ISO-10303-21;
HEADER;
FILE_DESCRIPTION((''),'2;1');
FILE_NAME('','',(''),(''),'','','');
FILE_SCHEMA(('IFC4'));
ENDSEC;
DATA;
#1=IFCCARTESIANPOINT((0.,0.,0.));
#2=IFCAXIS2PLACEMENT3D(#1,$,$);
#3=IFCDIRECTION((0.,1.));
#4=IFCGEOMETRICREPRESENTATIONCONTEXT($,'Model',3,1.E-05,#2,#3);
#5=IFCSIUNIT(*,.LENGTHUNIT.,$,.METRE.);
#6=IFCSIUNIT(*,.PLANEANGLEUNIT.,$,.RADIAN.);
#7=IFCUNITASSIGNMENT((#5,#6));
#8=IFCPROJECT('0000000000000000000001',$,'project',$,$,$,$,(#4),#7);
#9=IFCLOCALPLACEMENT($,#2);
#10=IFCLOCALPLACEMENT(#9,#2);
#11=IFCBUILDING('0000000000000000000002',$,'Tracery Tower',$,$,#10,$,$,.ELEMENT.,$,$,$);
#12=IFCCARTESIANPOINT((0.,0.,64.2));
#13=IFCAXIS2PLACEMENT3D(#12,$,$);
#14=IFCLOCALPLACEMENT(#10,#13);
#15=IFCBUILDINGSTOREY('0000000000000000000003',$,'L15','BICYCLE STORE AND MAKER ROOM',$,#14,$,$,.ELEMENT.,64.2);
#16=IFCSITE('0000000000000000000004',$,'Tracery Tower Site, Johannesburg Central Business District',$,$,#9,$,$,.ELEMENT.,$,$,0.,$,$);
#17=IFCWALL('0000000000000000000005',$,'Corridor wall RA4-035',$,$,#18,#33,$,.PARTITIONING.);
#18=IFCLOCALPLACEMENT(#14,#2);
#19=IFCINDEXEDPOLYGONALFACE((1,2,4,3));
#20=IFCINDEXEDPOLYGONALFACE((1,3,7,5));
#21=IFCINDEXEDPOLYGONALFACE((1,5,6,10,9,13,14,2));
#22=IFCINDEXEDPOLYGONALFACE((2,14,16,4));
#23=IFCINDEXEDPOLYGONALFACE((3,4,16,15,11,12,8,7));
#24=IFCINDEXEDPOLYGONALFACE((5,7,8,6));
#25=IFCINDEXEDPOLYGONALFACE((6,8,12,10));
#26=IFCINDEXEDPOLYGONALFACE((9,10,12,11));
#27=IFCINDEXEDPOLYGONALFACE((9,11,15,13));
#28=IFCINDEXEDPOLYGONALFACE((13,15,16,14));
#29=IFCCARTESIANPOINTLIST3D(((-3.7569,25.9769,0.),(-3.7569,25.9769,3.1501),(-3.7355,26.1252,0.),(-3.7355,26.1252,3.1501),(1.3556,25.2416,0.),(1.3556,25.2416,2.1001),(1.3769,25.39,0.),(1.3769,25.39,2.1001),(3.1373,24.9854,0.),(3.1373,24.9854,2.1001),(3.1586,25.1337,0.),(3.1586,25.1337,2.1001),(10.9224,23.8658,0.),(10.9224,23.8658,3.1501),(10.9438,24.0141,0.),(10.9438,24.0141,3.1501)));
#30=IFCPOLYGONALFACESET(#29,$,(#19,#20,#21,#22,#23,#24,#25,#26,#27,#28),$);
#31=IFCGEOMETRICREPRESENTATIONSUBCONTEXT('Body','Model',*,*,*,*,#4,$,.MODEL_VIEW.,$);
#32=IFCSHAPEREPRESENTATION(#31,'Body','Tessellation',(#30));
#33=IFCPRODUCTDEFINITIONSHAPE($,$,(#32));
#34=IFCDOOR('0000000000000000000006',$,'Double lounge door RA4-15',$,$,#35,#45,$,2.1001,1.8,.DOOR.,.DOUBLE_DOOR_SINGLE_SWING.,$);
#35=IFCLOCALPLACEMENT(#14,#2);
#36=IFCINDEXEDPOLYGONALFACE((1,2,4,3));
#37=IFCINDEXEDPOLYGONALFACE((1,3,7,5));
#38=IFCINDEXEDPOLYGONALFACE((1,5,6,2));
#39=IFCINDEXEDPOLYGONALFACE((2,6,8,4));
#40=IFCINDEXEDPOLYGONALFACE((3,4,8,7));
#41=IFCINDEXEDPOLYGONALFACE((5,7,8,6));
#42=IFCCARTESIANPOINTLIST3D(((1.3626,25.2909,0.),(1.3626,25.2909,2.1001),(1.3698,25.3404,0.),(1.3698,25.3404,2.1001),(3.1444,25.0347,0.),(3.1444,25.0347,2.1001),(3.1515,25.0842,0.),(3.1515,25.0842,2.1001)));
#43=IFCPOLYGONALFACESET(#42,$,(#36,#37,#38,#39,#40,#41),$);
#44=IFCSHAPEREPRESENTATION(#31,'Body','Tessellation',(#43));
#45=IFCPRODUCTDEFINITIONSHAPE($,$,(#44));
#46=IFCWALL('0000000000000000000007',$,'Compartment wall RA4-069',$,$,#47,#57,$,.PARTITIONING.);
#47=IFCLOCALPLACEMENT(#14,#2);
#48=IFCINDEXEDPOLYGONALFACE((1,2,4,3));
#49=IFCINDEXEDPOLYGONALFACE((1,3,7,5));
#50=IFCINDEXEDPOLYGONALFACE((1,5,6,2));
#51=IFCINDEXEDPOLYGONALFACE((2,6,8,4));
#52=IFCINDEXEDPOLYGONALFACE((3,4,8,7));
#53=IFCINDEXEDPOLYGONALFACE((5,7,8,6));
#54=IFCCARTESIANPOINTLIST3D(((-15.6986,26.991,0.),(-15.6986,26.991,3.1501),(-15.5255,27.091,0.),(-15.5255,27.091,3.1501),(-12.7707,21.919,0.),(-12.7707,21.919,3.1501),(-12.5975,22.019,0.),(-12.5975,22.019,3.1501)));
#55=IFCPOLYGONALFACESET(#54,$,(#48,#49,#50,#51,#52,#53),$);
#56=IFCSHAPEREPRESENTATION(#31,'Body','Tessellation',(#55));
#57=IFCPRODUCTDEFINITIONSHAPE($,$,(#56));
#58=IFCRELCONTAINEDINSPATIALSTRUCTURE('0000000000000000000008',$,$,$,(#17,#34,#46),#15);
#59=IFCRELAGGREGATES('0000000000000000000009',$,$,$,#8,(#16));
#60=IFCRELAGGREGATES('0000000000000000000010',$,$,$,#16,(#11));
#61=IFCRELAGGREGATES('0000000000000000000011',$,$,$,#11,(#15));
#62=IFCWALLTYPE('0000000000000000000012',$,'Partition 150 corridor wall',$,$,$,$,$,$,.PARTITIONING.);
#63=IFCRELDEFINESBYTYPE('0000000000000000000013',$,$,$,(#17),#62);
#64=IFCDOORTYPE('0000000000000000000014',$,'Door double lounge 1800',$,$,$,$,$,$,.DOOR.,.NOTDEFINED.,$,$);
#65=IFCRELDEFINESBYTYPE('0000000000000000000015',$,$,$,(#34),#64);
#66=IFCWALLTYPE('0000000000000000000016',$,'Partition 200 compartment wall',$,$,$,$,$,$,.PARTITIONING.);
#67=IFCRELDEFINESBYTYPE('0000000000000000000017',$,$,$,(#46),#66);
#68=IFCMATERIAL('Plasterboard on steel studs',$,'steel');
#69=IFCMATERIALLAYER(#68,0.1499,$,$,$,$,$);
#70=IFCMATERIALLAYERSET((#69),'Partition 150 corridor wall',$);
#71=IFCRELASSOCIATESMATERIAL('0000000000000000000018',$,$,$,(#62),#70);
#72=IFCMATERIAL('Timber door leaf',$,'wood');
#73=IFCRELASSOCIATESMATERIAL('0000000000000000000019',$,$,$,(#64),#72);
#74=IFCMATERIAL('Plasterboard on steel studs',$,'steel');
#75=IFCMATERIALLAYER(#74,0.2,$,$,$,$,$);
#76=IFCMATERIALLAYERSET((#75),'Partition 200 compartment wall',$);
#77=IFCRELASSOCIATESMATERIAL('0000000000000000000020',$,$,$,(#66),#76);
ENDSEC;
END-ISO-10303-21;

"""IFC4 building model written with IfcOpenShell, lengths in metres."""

from ifc_helpers import new_model, si_unit, direction, frame, frame_2d, origin, place, context, subcontext, project, spatial, rectangle, extrude, material, layer, layer_set, type_object, element, fill, save


model = new_model("IFC4")

# Units and contexts
model_context = context("Model", 3, precision=1e-05, world=origin(), true_north=direction((0.0, 1.0)))
body_context = subcontext(model_context, "Body", "Model", "MODEL_VIEW")
ifc_project = project(units=[si_unit("LENGTHUNIT", "METRE"), si_unit("PLANEANGLEUNIT", "RADIAN")], contexts=[model_context])

# Site, building, storey
site_placement = place(None, origin())
site = spatial("IfcSite", under=ifc_project, at=site_placement, Name="Tracery Tower Site, Johannesburg Central Business District", CompositionType="ELEMENT", RefElevation=0.0)
building_placement = place(site_placement, origin())
building = spatial("IfcBuilding", under=site, at=building_placement, Name="Tracery Tower", CompositionType="ELEMENT")
storey_placement = place(building_placement, frame((0.0, 0.0, 64.2)))
storey = spatial("IfcBuildingStorey", under=building, at=storey_placement, Name="L15", Description="BICYCLE STORE AND MAKER ROOM", CompositionType="ELEMENT", Elevation=64.2)

# Shared definitions
ifc_material_1 = material(Name="Plasterboard on steel studs", Category="steel")
ifc_layer_1 = layer(ifc_material_1, 0.1499)
ifc_layer_set_1 = layer_set([ifc_layer_1], Name="Partition 150 corridor wall")
wall_type_1 = type_object("IfcWallType", Name="Partition 150 corridor wall", PredefinedType="PARTITIONING", material=ifc_layer_set_1)

# Wall, opening, door
wall_1_placement = place(storey_placement, frame((-3.7461, 26.051, 0.0), z_axis=(0.0, 0.0, 1.0), x_axis=(0.989816, -0.14235, 0.0)))
wall_1 = element("IfcWall", 1, at=wall_1_placement, inside=storey, type_object=wall_type_1, Name="Corridor wall RA4-035", PredefinedType="PARTITIONING", context=body_context, shape_type="SweptSolid", body=[
    extrude(rectangle(XDim=14.8303, YDim=0.1499, at=frame_2d((7.415, 0.0))), origin(), (0.0, 0.0, 1.0), 3.1501),
])
opening_1_placement = place(wall_1_placement, frame((5.165, 0.0, 0.0)))
opening_1 = element("IfcOpeningElement", 2, at=opening_1_placement, cuts=wall_1, PredefinedType="OPENING", context=body_context, shape_type="SweptSolid", body=[
    extrude(rectangle(XDim=1.8, YDim=2.1001, at=frame_2d((0.8999, 1.05))), frame((0.0, 0.075, 0.0), z_axis=(0.0, -1.0, 0.0), x_axis=(1.0, 0.0, 0.0)), (0.0, 0.0, 1.0), 0.1499),
])
ifc_material_2 = material(Name="Timber door leaf", Category="wood")
door_type = type_object("IfcDoorType", Name="Door double lounge 1800", OperationType="NOTDEFINED", PredefinedType="DOOR", material=ifc_material_2)
door_placement = place(opening_1_placement, origin())
door = element("IfcDoor", 3, at=door_placement, inside=storey, type_object=door_type, Name="Double lounge door RA4-15", OperationType="DOUBLE_DOOR_SINGLE_SWING", OverallHeight=2.1001, OverallWidth=1.8, PredefinedType="DOOR", context=body_context, shape_type="SweptSolid", body=[
    extrude(rectangle(XDim=1.8, YDim=2.1001, at=frame_2d((0.8999, 1.05))), frame((0.0, 0.0249, 0.0), z_axis=(0.0, -1.0, 0.0), x_axis=(1.0, 0.0, 0.0)), (0.0, 0.0, 1.0), 0.05),
])
fill(opening_1, door)

# Wall
ifc_material_3 = material(Name="Plasterboard on steel studs", Category="steel")
ifc_layer_2 = layer(ifc_material_3, 0.2)
ifc_layer_set_2 = layer_set([ifc_layer_2], Name="Partition 200 compartment wall")
wall_type_2 = type_object("IfcWallType", Name="Partition 200 compartment wall", PredefinedType="PARTITIONING", material=ifc_layer_set_2)
wall_2_placement = place(storey_placement, frame((-15.6121, 27.041, 0.0), z_axis=(0.0, 0.0, 1.0), x_axis=(0.499955, -0.866052, 0.0)))
element("IfcWall", 4, at=wall_2_placement, inside=storey, type_object=wall_type_2, Name="Compartment wall RA4-069", PredefinedType="PARTITIONING", context=body_context, shape_type="SweptSolid", body=[
    extrude(rectangle(XDim=5.8564, YDim=0.2, at=frame_2d((2.9282, 0.0))), origin(), (0.0, 0.0, 1.0), 3.1501),
])

save(model, "model.ifc")
